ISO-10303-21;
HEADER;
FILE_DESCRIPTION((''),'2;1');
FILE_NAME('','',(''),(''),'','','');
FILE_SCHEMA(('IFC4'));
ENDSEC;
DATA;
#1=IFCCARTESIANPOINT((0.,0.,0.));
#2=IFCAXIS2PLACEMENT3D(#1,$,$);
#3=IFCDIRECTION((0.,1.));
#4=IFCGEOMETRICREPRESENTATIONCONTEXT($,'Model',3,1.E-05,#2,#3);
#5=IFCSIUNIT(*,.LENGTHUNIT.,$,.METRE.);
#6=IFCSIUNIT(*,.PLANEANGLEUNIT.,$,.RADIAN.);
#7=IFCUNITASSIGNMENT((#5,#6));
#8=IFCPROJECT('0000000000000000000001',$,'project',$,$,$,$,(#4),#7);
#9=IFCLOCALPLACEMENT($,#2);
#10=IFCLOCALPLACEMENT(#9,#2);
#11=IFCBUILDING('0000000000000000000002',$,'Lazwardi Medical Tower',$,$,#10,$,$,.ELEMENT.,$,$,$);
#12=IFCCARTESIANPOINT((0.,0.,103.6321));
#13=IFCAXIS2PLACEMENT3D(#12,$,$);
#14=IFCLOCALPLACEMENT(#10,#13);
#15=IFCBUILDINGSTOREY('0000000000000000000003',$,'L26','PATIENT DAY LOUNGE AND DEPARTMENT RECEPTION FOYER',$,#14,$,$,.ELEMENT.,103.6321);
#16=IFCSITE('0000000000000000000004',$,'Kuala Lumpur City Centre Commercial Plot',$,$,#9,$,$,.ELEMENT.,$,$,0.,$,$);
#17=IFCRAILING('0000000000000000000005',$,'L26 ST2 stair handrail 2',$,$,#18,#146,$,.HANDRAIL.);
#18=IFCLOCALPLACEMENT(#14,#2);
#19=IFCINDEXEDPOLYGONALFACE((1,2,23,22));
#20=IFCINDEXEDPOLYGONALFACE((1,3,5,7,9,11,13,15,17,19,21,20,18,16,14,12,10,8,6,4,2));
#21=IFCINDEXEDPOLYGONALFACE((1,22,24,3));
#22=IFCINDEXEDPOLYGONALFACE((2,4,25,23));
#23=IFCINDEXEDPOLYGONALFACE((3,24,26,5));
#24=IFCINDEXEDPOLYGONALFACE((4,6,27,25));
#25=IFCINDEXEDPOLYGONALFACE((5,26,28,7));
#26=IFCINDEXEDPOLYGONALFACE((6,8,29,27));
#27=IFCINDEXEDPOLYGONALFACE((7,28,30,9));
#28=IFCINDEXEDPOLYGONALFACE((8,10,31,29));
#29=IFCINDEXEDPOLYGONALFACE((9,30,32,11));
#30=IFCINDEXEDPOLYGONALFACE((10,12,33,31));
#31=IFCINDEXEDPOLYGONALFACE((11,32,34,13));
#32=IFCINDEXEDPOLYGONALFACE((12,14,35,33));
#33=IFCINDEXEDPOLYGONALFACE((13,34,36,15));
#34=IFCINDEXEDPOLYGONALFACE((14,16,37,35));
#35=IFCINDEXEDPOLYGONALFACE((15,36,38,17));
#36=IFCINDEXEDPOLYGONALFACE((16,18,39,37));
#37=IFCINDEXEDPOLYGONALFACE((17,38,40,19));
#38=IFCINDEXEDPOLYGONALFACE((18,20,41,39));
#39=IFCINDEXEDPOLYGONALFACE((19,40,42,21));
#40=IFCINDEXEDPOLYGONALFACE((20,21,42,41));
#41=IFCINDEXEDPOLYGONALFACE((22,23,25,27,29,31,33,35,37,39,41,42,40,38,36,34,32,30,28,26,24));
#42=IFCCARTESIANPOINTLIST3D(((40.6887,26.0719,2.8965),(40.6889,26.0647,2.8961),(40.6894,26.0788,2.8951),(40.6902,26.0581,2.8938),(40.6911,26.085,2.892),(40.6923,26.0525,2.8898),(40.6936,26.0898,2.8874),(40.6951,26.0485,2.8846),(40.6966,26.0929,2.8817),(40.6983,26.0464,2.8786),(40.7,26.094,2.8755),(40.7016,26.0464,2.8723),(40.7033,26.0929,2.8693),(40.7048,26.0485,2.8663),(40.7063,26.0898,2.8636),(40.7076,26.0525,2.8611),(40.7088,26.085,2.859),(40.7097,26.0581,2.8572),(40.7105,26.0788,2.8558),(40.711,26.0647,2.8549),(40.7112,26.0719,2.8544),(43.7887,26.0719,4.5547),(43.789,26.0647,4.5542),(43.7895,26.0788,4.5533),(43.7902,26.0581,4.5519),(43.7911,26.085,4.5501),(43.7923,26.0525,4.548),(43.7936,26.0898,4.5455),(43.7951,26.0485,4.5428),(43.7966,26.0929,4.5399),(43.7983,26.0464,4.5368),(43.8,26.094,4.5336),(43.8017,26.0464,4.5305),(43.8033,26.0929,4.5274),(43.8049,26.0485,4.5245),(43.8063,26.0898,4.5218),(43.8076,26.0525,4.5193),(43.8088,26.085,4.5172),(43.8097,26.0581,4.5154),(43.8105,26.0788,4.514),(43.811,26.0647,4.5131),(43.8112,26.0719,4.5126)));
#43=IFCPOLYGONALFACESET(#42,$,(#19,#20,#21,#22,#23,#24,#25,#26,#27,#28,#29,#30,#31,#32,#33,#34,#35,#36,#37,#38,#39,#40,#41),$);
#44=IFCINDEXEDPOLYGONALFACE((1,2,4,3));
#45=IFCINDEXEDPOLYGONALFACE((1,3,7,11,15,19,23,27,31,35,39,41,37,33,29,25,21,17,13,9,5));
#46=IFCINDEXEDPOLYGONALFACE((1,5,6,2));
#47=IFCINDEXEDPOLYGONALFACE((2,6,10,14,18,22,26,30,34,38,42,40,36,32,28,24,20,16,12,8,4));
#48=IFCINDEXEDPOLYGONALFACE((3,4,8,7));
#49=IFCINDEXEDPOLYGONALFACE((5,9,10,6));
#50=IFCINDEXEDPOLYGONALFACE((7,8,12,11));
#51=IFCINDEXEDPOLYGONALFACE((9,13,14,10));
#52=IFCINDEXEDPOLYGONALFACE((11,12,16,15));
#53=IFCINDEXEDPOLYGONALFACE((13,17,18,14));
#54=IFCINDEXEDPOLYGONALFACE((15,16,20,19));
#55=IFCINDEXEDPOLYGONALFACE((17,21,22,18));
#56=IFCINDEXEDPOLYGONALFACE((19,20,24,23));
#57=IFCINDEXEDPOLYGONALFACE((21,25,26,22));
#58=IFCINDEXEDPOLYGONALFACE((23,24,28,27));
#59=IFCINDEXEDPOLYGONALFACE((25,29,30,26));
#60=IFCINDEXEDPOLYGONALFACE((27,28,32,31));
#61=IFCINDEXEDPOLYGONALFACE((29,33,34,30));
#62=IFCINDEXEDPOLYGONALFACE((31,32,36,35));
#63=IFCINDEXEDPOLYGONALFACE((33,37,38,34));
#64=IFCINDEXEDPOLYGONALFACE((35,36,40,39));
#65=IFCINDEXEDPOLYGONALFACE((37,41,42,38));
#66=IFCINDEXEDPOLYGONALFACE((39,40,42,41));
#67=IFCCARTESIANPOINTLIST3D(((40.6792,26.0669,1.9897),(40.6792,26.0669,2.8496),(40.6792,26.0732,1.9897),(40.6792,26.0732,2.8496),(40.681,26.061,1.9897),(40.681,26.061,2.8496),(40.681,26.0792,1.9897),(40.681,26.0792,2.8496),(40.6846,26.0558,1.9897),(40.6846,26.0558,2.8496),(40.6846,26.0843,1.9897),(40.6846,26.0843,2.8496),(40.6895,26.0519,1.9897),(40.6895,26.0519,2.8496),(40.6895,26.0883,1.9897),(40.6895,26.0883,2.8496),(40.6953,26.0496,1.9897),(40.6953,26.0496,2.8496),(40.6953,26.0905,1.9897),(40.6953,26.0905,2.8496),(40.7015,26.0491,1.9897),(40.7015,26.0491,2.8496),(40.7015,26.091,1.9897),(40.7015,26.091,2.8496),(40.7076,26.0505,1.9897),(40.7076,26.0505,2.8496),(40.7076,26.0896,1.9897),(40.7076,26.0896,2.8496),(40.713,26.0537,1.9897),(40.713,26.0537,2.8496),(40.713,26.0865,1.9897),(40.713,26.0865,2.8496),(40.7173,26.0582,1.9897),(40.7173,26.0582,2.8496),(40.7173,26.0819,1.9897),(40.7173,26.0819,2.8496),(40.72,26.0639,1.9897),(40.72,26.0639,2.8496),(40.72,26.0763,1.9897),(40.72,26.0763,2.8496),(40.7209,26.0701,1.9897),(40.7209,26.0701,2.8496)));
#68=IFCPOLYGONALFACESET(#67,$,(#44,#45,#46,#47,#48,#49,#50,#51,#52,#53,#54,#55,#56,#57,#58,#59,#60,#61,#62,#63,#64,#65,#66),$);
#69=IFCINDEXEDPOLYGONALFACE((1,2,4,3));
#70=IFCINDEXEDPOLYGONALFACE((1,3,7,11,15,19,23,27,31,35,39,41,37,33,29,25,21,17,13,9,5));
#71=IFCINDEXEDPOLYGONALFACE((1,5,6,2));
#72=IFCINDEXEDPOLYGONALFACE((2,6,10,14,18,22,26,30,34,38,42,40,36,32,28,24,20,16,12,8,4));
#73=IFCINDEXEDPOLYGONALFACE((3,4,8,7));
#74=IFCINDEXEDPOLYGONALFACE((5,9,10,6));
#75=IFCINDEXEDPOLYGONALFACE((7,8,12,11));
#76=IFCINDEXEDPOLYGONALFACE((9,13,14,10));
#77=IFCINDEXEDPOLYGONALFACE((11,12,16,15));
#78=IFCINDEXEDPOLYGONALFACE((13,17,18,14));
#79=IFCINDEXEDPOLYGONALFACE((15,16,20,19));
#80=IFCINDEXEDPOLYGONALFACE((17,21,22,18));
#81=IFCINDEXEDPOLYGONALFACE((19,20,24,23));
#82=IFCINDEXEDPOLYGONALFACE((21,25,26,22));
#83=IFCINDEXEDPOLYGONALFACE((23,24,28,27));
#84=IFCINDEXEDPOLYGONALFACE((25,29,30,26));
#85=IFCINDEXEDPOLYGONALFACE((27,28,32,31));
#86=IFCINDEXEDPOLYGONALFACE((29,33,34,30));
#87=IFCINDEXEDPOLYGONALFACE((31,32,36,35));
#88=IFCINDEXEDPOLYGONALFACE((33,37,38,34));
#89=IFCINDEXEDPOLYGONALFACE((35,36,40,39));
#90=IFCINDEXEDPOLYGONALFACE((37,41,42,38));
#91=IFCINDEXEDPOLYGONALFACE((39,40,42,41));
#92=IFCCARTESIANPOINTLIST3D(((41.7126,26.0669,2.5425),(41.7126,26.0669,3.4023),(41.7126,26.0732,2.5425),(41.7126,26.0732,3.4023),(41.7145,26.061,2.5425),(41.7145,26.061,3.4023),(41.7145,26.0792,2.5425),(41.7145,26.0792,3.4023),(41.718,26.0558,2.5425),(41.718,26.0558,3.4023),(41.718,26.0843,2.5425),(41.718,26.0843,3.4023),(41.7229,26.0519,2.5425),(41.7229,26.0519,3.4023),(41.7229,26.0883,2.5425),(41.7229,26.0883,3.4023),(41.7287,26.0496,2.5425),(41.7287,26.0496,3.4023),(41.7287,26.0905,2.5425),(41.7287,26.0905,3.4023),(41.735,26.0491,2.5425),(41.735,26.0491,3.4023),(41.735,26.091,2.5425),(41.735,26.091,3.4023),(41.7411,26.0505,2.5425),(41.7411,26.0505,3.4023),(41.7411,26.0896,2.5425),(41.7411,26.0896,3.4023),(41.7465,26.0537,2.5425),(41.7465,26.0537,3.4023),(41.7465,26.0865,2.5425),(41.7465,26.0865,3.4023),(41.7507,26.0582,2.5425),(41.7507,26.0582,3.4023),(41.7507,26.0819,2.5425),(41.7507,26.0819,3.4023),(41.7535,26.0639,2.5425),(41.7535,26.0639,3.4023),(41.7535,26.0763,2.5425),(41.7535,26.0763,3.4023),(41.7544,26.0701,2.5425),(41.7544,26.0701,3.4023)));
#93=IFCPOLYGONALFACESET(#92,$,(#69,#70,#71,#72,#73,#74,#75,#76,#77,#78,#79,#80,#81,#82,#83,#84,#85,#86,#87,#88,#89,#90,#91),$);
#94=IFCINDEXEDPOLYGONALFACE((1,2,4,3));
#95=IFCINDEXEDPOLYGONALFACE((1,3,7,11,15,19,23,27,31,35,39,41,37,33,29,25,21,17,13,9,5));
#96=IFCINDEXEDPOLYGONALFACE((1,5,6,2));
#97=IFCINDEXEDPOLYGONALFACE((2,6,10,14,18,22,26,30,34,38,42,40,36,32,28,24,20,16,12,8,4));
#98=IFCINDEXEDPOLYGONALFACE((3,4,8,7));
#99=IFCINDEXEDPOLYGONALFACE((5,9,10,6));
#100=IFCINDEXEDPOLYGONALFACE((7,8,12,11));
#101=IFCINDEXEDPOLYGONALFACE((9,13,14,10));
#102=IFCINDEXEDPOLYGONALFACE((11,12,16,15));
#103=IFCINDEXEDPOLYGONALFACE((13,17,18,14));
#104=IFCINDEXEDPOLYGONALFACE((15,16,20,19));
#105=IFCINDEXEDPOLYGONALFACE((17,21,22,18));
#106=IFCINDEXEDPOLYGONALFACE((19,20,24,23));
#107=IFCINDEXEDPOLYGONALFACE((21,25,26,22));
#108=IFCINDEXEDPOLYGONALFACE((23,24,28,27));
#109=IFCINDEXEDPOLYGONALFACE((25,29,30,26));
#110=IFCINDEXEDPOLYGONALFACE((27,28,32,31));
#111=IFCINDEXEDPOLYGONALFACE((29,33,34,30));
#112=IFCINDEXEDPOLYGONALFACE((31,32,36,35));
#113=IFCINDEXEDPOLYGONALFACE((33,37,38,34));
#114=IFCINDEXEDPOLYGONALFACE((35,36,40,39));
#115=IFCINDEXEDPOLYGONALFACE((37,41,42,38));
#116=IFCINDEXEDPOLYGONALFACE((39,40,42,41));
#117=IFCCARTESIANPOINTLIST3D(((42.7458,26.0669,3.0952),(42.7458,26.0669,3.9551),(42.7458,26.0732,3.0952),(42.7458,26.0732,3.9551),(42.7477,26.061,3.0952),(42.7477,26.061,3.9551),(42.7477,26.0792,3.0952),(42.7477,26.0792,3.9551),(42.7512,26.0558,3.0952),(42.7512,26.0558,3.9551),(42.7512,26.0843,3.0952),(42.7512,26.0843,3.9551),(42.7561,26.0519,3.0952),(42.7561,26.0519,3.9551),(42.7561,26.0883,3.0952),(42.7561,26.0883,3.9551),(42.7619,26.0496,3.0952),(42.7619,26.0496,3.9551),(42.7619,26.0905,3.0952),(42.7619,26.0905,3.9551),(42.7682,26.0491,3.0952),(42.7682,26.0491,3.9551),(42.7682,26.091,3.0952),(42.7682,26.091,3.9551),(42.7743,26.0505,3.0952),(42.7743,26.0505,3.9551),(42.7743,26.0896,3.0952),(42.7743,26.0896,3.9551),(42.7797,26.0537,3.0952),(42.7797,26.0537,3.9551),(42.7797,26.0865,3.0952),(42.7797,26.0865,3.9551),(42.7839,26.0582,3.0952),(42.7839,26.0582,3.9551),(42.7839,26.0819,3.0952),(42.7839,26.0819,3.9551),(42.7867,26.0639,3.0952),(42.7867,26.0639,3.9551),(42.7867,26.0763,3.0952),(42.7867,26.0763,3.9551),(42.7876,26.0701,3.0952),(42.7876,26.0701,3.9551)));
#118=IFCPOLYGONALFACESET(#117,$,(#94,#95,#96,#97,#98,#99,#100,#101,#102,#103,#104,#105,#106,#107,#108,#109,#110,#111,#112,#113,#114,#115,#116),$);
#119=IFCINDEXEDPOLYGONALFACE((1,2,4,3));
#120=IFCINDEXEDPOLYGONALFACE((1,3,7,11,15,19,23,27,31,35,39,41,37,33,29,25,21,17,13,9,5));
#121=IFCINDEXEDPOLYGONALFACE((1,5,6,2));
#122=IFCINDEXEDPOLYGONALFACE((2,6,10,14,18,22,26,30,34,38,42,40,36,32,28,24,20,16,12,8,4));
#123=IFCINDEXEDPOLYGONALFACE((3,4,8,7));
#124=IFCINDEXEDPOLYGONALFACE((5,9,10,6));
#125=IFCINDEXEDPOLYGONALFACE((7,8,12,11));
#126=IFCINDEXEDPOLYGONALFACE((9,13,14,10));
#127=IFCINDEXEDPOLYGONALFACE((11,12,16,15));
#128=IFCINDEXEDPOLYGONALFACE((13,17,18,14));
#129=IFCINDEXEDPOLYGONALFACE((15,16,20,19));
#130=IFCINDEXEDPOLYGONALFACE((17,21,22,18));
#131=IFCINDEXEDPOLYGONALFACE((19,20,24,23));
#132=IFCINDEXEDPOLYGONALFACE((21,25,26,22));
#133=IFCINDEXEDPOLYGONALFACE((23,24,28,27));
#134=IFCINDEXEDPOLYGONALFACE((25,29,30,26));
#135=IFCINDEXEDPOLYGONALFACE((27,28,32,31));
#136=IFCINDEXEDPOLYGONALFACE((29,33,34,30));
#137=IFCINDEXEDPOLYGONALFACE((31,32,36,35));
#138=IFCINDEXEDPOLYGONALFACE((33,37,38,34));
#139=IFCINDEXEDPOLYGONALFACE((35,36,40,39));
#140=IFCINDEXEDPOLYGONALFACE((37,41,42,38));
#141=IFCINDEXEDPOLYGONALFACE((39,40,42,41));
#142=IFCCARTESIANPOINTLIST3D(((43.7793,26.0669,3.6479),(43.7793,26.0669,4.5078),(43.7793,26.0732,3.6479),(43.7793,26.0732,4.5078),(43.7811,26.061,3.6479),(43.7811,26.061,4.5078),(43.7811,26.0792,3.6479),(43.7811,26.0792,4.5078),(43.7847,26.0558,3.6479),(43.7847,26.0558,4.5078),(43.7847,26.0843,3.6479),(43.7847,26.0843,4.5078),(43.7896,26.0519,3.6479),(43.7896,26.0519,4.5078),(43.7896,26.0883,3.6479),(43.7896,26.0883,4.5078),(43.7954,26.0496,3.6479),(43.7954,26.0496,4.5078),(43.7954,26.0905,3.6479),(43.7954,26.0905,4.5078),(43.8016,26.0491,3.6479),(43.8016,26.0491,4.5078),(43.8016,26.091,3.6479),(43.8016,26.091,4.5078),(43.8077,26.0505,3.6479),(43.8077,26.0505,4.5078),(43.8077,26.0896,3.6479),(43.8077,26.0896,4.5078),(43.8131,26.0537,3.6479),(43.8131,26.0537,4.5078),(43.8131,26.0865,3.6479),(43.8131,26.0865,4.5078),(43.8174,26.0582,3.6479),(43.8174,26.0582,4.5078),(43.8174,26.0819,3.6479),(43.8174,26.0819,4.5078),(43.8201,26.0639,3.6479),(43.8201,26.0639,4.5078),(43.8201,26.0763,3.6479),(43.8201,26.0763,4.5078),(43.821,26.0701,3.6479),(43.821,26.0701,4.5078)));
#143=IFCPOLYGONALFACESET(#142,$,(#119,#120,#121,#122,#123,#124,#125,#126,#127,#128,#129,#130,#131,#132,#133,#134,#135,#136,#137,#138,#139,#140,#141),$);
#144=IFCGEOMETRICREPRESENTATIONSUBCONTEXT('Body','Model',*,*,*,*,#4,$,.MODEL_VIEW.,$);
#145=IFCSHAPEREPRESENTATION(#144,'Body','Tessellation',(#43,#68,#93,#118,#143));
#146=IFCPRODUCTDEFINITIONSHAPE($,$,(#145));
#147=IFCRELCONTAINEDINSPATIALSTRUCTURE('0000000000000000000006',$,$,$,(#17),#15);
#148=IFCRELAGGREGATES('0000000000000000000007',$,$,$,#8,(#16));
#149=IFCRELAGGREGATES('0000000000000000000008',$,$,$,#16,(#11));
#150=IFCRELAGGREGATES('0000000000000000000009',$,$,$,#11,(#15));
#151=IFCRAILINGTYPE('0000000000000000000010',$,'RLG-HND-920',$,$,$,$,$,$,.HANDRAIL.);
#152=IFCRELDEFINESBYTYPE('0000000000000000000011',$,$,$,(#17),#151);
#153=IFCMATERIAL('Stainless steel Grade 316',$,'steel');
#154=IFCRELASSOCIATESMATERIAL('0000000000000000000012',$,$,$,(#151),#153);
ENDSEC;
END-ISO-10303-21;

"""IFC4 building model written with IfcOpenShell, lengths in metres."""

from ifc_helpers import new_model, si_unit, direction, frame, origin, origin_2d, place, context, subcontext, project, spatial, circle, extrude, material, type_object, element, save


model = new_model("IFC4")

# Units and contexts
model_context = context("Model", 3, precision=1e-05, world=origin(), true_north=direction((0.0, 1.0)))
body_context = subcontext(model_context, "Body", "Model", "MODEL_VIEW")
ifc_project = project(units=[si_unit("LENGTHUNIT", "METRE"), si_unit("PLANEANGLEUNIT", "RADIAN")], contexts=[model_context])

# Site, building, storey
site_placement = place(None, origin())
site = spatial("IfcSite", under=ifc_project, at=site_placement, Name="Kuala Lumpur City Centre Commercial Plot", CompositionType="ELEMENT", RefElevation=0.0)
building_placement = place(site_placement, origin())
building = spatial("IfcBuilding", under=site, at=building_placement, Name="Lazwardi Medical Tower", CompositionType="ELEMENT")
storey_placement = place(building_placement, frame((0.0, 0.0, 103.6321)))
storey = spatial("IfcBuildingStorey", under=building, at=storey_placement, Name="L26", Description="PATIENT DAY LOUNGE AND DEPARTMENT RECEPTION FOYER", CompositionType="ELEMENT", Elevation=103.6321)

# Railing
ifc_material_1 = material(Name="Stainless steel Grade 316", Category="steel")
railing_type = type_object("IfcRailingType", Name="RLG-HND-920", PredefinedType="HANDRAIL", material=ifc_material_1)
railing_placement = place(storey_placement, frame((40.7, 26.0701, 1.9897)))
element("IfcRailing", 1, at=railing_placement, inside=storey, type_object=railing_type, Name="L26 ST2 stair handrail 2", PredefinedType="HANDRAIL", context=body_context, shape_type="SweptSolid", body=[
    extrude(circle(Radius=0.0239, at=origin_2d()), frame((0.0, 0.0, 0.8857), z_axis=(0.881783, 0.0, 0.471655), x_axis=(0.0, 1.0, 0.0)), (0.0, 0.0, 1.0), 3.5156),
    extrude(circle(Radius=0.021, at=origin_2d()), origin(), (0.0, 0.0, 1.0), 0.8599),
    extrude(circle(Radius=0.021, at=origin_2d()), frame((1.0334, 0.0, 0.5527)), (0.0, 0.0, 1.0), 0.8599),
    extrude(circle(Radius=0.021, at=origin_2d()), frame((2.0667, 0.0, 1.1055)), (0.0, 0.0, 1.0), 0.8599),
    extrude(circle(Radius=0.021, at=origin_2d()), frame((3.1001, 0.0, 1.6582)), (0.0, 0.0, 1.0), 0.8599),
])

save(model, "model.ifc")
